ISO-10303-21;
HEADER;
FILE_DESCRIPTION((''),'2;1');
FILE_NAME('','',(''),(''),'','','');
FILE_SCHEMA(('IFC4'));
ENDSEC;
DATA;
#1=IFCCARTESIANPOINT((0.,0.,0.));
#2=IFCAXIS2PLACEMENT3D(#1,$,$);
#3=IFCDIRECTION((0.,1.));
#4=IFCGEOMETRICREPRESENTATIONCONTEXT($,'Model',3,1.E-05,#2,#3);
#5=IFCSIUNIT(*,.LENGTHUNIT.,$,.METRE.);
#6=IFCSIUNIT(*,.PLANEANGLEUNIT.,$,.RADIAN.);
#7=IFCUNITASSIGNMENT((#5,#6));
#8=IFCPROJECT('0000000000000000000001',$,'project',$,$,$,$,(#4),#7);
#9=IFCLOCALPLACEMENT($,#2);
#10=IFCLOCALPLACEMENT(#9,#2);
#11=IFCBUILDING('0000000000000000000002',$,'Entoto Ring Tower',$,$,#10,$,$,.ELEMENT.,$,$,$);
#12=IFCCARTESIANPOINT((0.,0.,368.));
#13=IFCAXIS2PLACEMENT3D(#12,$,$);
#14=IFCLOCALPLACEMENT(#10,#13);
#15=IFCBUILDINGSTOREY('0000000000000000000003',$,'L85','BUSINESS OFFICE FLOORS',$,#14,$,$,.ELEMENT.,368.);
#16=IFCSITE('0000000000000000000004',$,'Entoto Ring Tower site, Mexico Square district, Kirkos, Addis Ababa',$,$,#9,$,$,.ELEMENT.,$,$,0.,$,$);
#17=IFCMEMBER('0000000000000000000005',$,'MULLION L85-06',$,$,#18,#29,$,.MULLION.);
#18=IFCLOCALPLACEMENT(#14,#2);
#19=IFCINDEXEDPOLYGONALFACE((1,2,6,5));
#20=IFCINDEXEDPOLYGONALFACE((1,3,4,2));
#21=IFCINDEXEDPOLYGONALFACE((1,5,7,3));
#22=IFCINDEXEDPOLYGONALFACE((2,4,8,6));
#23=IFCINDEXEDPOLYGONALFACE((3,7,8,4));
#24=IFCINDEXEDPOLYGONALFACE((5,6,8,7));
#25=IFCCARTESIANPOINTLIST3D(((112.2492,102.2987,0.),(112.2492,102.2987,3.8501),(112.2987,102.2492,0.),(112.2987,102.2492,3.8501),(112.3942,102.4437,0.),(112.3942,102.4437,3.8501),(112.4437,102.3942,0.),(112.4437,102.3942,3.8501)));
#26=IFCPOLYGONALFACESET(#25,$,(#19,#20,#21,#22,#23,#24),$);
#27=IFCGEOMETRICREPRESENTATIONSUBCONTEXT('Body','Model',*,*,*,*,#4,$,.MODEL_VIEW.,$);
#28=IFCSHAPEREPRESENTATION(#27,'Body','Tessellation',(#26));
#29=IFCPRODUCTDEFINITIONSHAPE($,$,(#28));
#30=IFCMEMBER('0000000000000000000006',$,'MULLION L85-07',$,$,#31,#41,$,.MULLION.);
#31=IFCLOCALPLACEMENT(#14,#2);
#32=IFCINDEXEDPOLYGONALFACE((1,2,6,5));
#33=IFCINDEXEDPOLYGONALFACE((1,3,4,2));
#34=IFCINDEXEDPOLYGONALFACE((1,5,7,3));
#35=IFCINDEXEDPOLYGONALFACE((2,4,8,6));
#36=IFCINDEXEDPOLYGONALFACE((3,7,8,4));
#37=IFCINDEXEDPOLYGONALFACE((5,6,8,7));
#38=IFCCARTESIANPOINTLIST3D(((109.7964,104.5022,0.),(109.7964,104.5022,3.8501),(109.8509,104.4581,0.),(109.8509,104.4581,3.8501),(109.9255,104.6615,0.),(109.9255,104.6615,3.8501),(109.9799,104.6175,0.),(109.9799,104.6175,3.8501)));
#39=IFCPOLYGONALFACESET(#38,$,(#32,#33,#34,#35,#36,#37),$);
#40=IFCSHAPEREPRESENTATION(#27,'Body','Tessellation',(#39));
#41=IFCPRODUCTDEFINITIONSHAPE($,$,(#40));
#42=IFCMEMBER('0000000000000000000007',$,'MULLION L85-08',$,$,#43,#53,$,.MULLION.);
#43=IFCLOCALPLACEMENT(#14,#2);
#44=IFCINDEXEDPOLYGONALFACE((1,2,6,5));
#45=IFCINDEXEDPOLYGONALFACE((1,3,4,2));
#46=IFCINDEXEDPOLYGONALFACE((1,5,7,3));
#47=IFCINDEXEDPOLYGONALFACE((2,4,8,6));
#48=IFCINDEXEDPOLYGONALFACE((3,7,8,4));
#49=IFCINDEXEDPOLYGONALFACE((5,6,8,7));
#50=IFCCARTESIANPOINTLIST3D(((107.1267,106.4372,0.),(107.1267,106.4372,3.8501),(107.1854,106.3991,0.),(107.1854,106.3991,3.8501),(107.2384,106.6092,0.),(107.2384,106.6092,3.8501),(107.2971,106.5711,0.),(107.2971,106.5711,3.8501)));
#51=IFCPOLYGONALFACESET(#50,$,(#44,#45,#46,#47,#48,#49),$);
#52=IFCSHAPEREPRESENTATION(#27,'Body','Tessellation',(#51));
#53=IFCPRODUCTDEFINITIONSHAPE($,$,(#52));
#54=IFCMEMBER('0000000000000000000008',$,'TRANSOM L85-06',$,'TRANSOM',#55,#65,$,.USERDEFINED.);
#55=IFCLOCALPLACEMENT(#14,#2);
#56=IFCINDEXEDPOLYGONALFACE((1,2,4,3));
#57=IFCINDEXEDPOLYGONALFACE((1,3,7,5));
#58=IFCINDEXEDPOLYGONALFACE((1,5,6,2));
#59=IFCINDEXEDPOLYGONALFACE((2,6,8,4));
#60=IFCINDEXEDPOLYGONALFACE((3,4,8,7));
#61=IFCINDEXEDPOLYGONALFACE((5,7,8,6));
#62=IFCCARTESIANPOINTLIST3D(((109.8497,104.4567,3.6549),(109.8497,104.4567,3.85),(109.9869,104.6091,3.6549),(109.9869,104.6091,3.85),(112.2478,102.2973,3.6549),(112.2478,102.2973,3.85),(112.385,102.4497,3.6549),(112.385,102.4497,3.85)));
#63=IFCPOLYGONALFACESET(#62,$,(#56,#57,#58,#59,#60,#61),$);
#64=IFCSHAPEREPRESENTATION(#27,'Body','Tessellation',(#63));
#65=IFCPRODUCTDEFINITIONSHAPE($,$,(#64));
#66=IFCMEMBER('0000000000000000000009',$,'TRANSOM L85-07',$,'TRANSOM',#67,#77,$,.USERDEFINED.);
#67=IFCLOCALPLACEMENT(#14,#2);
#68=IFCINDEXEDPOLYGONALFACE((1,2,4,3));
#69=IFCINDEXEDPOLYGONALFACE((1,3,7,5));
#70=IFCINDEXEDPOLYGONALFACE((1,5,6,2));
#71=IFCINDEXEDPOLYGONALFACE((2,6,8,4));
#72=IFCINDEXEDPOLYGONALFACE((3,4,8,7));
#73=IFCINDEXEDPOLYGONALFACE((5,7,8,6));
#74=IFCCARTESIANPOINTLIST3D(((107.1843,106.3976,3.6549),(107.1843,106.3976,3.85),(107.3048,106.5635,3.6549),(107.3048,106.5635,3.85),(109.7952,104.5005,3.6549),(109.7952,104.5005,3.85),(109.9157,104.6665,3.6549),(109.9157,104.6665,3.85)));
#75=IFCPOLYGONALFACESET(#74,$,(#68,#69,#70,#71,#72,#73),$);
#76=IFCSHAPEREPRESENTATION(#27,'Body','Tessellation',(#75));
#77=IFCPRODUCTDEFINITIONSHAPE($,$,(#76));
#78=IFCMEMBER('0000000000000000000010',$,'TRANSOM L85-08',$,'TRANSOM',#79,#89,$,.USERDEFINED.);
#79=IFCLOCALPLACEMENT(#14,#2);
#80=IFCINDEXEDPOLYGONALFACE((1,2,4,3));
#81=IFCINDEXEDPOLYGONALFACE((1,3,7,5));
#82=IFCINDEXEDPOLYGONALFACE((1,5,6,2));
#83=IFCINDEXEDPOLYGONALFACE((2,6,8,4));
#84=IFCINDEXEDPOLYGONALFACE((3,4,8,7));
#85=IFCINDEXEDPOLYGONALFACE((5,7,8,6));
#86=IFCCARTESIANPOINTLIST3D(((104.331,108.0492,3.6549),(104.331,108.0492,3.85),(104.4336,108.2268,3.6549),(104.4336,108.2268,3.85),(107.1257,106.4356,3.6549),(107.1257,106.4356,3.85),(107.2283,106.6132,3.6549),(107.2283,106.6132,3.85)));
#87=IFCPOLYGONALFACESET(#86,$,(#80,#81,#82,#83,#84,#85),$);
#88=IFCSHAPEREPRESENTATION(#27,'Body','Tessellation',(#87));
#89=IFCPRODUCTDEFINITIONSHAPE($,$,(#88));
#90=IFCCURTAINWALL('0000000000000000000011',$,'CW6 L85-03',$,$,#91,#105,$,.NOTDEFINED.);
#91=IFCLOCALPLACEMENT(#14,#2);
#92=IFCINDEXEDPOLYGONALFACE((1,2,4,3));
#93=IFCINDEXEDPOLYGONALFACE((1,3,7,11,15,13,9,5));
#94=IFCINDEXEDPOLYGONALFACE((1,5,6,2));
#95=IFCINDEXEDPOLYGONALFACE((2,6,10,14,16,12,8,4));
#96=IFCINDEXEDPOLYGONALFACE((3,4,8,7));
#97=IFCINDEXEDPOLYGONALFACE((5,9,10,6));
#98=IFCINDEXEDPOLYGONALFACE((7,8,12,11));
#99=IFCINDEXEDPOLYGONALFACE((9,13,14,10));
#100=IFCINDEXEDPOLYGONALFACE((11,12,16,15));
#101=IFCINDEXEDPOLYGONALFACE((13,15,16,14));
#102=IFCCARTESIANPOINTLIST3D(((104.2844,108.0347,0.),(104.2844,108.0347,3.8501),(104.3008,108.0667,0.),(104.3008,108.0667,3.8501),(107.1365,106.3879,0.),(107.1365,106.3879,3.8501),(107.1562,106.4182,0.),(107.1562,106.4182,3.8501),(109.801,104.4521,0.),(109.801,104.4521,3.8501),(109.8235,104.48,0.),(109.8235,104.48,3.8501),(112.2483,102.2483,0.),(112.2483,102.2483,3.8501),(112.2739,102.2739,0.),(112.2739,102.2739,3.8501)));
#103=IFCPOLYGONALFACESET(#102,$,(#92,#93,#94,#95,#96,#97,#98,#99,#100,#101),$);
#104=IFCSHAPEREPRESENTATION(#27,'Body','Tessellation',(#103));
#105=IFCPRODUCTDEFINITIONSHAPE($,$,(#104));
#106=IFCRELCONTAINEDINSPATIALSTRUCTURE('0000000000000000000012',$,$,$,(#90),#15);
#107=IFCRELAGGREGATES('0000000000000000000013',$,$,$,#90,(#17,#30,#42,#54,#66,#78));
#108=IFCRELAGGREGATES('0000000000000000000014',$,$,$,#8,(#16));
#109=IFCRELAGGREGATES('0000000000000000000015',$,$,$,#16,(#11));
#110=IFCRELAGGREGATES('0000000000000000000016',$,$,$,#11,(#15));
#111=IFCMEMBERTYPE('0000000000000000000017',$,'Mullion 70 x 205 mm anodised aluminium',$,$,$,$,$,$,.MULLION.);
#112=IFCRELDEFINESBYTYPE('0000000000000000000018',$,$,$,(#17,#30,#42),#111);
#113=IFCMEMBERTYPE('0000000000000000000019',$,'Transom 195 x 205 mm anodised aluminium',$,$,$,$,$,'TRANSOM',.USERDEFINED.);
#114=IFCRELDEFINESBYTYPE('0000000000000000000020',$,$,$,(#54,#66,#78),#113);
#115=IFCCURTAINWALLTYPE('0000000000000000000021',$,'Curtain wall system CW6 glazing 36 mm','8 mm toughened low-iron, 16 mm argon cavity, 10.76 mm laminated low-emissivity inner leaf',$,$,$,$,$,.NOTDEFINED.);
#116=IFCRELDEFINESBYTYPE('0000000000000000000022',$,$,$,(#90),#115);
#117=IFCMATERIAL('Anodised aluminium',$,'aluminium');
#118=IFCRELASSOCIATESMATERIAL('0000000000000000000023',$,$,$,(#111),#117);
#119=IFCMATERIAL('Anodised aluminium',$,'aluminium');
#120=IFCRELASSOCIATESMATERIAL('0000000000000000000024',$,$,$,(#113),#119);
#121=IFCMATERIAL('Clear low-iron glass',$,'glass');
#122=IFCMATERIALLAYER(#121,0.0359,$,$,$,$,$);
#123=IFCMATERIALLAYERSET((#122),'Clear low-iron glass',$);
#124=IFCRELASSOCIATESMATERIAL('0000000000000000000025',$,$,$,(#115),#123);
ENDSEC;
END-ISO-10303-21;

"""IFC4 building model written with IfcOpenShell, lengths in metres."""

from ifc_helpers import new_model, si_unit, direction, frame, origin, origin_2d, place, context, subcontext, project, spatial, polyline, rectangle, outline, extrude, material, layer, layer_set, material_profile, profile_set, type_object, element, aggregate, save


model = new_model("IFC4")

# Units and contexts
model_context = context("Model", 3, precision=1e-05, world=origin(), true_north=direction((0.0, 1.0)))
body_context = subcontext(model_context, "Body", "Model", "MODEL_VIEW")
ifc_project = project(units=[si_unit("LENGTHUNIT", "METRE"), si_unit("PLANEANGLEUNIT", "RADIAN")], contexts=[model_context])

# Members
ifc_material_1 = material(Name="Anodised aluminium", Category="aluminium")
ifc_material_profile_1 = material_profile(ifc_material_1, rectangle(XDim=0.0701, YDim=0.2051, at=origin_2d()), Name="Mullion 70 x 205 mm anodised aluminium")
ifc_profile_set_1 = profile_set([ifc_material_profile_1], Name="Anodised aluminium")
member_type_1 = type_object("IfcMemberType", Name="Mullion 70 x 205 mm anodised aluminium", PredefinedType="MULLION", material=ifc_profile_set_1)
site_placement = place(None, origin())
building_placement = place(site_placement, origin())
storey_placement = place(building_placement, frame((0.0, 0.0, 368.0)))
member_1_placement = place(storey_placement, frame((112.3464, 102.3464, 0.0), z_axis=(0.0, 0.0, 1.0), x_axis=(-0.707107, 0.707107, 0.0)))
member_1 = element("IfcMember", 1, at=member_1_placement, type_object=member_type_1, Name="MULLION L85-06", PredefinedType="MULLION", context=body_context, shape_type="SweptSolid", body=[
    extrude(rectangle(XDim=0.0701, YDim=0.2051, at=origin_2d()), origin(), (0.0, 0.0, 1.0), 3.8501),
])
member_2_placement = place(storey_placement, frame((109.8882, 104.5598, 0.0), z_axis=(0.0, 0.0, 1.0), x_axis=(-0.777146, 0.62932, 0.0)))
member_2 = element("IfcMember", 2, at=member_2_placement, type_object=member_type_1, Name="MULLION L85-07", PredefinedType="MULLION", context=body_context, shape_type="SweptSolid", body=[
    extrude(rectangle(XDim=0.0701, YDim=0.2051, at=origin_2d()), origin(), (0.0, 0.0, 1.0), 3.8501),
])
member_3_placement = place(storey_placement, frame((107.2119, 106.5042, 0.0), z_axis=(0.0, 0.0, 1.0), x_axis=(-0.838671, 0.544639, 0.0)))
member_3 = element("IfcMember", 3, at=member_3_placement, type_object=member_type_1, Name="MULLION L85-08", PredefinedType="MULLION", context=body_context, shape_type="SweptSolid", body=[
    extrude(rectangle(XDim=0.0701, YDim=0.2051, at=origin_2d()), origin(), (0.0, 0.0, 1.0), 3.8501),
])
ifc_material_2 = material(Name="Anodised aluminium", Category="aluminium")
ifc_material_profile_2 = material_profile(ifc_material_2, rectangle(XDim=0.2051, YDim=0.1951, at=origin_2d()), Name="Transom 195 x 205 mm anodised aluminium")
ifc_profile_set_2 = profile_set([ifc_material_profile_2], Name="Anodised aluminium")
member_type_2 = type_object("IfcMemberType", Name="Transom 195 x 205 mm anodised aluminium", ElementType="TRANSOM", PredefinedType="USERDEFINED", material=ifc_profile_set_2)
member_4_placement = place(storey_placement, frame((112.3164, 102.3735, 3.7524), z_axis=(-0.743132, 0.669144, 0.0), x_axis=(-0.669144, -0.743132, 0.0)))
member_4 = element("IfcMember", 4, at=member_4_placement, type_object=member_type_2, Name="TRANSOM L85-06", ObjectType="TRANSOM", PredefinedType="USERDEFINED", context=body_context, shape_type="SweptSolid", body=[
    extrude(rectangle(XDim=0.2051, YDim=0.1951, at=origin_2d()), origin(), (0.0, 0.0, 1.0), 3.2271),
])
member_5_placement = place(storey_placement, frame((109.8555, 104.5835, 3.7524), z_axis=(-0.809004, 0.587803, 0.0), x_axis=(-0.587803, -0.809004, 0.0)))
member_5 = element("IfcMember", 5, at=member_5_placement, type_object=member_type_2, Name="TRANSOM L85-07", ObjectType="TRANSOM", PredefinedType="USERDEFINED", context=body_context, shape_type="SweptSolid", body=[
    extrude(rectangle(XDim=0.2051, YDim=0.1951, at=origin_2d()), origin(), (0.0, 0.0, 1.0), 3.2273),
])
member_6_placement = place(storey_placement, frame((107.177, 106.5244, 3.7524), z_axis=(-0.866023, 0.500004, 0.0), x_axis=(-0.500004, -0.866023, 0.0)))
member_6 = element("IfcMember", 6, at=member_6_placement, type_object=member_type_2, Name="TRANSOM L85-08", ObjectType="TRANSOM", PredefinedType="USERDEFINED", context=body_context, shape_type="SweptSolid", body=[
    extrude(rectangle(XDim=0.2051, YDim=0.1951, at=origin_2d()), origin(), (0.0, 0.0, 1.0), 3.2271),
])

# Site, building, storey
site = spatial("IfcSite", under=ifc_project, at=site_placement, Name="Entoto Ring Tower site, Mexico Square district, Kirkos, Addis Ababa", CompositionType="ELEMENT", RefElevation=0.0)
building = spatial("IfcBuilding", under=site, at=building_placement, Name="Entoto Ring Tower", CompositionType="ELEMENT")
storey = spatial("IfcBuildingStorey", under=building, at=storey_placement, Name="L85", Description="BUSINESS OFFICE FLOORS", CompositionType="ELEMENT", Elevation=368.0)

# Curtain wall
ifc_material_3 = material(Name="Clear low-iron glass", Category="glass")
ifc_layer = layer(ifc_material_3, 0.0359)
ifc_layer_set = layer_set([ifc_layer], Name="Clear low-iron glass")
curtain_wall_type = type_object("IfcCurtainWallType", Name="Curtain wall system CW6 glazing 36 mm", Description="8 mm toughened low-iron, 16 mm argon cavity, 10.76 mm laminated low-emissivity inner leaf", PredefinedType="NOTDEFINED", material=ifc_layer_set)
curtain_wall_1_placement = place(storey_placement, origin())
curtain_wall_1 = element("IfcCurtainWall", 7, at=curtain_wall_1_placement, inside=storey, type_object=curtain_wall_type, Name="CW6 L85-03", PredefinedType="NOTDEFINED", context=body_context, shape_type="SweptSolid", body=[
    extrude(outline(polyline([(112.2739, 102.2739), (109.8235, 104.48), (107.1562, 106.4182), (104.3008, 108.0667), (104.2844, 108.0347), (107.1365, 106.3879), (109.801, 104.4521), (112.2483, 102.2483), (112.2739, 102.2739)])), origin(), (0.0, 0.0, 1.0), 3.8501),
])
aggregate(curtain_wall_1, [member_1, member_2, member_3, member_4, member_5, member_6])

save(model, "model.ifc")
